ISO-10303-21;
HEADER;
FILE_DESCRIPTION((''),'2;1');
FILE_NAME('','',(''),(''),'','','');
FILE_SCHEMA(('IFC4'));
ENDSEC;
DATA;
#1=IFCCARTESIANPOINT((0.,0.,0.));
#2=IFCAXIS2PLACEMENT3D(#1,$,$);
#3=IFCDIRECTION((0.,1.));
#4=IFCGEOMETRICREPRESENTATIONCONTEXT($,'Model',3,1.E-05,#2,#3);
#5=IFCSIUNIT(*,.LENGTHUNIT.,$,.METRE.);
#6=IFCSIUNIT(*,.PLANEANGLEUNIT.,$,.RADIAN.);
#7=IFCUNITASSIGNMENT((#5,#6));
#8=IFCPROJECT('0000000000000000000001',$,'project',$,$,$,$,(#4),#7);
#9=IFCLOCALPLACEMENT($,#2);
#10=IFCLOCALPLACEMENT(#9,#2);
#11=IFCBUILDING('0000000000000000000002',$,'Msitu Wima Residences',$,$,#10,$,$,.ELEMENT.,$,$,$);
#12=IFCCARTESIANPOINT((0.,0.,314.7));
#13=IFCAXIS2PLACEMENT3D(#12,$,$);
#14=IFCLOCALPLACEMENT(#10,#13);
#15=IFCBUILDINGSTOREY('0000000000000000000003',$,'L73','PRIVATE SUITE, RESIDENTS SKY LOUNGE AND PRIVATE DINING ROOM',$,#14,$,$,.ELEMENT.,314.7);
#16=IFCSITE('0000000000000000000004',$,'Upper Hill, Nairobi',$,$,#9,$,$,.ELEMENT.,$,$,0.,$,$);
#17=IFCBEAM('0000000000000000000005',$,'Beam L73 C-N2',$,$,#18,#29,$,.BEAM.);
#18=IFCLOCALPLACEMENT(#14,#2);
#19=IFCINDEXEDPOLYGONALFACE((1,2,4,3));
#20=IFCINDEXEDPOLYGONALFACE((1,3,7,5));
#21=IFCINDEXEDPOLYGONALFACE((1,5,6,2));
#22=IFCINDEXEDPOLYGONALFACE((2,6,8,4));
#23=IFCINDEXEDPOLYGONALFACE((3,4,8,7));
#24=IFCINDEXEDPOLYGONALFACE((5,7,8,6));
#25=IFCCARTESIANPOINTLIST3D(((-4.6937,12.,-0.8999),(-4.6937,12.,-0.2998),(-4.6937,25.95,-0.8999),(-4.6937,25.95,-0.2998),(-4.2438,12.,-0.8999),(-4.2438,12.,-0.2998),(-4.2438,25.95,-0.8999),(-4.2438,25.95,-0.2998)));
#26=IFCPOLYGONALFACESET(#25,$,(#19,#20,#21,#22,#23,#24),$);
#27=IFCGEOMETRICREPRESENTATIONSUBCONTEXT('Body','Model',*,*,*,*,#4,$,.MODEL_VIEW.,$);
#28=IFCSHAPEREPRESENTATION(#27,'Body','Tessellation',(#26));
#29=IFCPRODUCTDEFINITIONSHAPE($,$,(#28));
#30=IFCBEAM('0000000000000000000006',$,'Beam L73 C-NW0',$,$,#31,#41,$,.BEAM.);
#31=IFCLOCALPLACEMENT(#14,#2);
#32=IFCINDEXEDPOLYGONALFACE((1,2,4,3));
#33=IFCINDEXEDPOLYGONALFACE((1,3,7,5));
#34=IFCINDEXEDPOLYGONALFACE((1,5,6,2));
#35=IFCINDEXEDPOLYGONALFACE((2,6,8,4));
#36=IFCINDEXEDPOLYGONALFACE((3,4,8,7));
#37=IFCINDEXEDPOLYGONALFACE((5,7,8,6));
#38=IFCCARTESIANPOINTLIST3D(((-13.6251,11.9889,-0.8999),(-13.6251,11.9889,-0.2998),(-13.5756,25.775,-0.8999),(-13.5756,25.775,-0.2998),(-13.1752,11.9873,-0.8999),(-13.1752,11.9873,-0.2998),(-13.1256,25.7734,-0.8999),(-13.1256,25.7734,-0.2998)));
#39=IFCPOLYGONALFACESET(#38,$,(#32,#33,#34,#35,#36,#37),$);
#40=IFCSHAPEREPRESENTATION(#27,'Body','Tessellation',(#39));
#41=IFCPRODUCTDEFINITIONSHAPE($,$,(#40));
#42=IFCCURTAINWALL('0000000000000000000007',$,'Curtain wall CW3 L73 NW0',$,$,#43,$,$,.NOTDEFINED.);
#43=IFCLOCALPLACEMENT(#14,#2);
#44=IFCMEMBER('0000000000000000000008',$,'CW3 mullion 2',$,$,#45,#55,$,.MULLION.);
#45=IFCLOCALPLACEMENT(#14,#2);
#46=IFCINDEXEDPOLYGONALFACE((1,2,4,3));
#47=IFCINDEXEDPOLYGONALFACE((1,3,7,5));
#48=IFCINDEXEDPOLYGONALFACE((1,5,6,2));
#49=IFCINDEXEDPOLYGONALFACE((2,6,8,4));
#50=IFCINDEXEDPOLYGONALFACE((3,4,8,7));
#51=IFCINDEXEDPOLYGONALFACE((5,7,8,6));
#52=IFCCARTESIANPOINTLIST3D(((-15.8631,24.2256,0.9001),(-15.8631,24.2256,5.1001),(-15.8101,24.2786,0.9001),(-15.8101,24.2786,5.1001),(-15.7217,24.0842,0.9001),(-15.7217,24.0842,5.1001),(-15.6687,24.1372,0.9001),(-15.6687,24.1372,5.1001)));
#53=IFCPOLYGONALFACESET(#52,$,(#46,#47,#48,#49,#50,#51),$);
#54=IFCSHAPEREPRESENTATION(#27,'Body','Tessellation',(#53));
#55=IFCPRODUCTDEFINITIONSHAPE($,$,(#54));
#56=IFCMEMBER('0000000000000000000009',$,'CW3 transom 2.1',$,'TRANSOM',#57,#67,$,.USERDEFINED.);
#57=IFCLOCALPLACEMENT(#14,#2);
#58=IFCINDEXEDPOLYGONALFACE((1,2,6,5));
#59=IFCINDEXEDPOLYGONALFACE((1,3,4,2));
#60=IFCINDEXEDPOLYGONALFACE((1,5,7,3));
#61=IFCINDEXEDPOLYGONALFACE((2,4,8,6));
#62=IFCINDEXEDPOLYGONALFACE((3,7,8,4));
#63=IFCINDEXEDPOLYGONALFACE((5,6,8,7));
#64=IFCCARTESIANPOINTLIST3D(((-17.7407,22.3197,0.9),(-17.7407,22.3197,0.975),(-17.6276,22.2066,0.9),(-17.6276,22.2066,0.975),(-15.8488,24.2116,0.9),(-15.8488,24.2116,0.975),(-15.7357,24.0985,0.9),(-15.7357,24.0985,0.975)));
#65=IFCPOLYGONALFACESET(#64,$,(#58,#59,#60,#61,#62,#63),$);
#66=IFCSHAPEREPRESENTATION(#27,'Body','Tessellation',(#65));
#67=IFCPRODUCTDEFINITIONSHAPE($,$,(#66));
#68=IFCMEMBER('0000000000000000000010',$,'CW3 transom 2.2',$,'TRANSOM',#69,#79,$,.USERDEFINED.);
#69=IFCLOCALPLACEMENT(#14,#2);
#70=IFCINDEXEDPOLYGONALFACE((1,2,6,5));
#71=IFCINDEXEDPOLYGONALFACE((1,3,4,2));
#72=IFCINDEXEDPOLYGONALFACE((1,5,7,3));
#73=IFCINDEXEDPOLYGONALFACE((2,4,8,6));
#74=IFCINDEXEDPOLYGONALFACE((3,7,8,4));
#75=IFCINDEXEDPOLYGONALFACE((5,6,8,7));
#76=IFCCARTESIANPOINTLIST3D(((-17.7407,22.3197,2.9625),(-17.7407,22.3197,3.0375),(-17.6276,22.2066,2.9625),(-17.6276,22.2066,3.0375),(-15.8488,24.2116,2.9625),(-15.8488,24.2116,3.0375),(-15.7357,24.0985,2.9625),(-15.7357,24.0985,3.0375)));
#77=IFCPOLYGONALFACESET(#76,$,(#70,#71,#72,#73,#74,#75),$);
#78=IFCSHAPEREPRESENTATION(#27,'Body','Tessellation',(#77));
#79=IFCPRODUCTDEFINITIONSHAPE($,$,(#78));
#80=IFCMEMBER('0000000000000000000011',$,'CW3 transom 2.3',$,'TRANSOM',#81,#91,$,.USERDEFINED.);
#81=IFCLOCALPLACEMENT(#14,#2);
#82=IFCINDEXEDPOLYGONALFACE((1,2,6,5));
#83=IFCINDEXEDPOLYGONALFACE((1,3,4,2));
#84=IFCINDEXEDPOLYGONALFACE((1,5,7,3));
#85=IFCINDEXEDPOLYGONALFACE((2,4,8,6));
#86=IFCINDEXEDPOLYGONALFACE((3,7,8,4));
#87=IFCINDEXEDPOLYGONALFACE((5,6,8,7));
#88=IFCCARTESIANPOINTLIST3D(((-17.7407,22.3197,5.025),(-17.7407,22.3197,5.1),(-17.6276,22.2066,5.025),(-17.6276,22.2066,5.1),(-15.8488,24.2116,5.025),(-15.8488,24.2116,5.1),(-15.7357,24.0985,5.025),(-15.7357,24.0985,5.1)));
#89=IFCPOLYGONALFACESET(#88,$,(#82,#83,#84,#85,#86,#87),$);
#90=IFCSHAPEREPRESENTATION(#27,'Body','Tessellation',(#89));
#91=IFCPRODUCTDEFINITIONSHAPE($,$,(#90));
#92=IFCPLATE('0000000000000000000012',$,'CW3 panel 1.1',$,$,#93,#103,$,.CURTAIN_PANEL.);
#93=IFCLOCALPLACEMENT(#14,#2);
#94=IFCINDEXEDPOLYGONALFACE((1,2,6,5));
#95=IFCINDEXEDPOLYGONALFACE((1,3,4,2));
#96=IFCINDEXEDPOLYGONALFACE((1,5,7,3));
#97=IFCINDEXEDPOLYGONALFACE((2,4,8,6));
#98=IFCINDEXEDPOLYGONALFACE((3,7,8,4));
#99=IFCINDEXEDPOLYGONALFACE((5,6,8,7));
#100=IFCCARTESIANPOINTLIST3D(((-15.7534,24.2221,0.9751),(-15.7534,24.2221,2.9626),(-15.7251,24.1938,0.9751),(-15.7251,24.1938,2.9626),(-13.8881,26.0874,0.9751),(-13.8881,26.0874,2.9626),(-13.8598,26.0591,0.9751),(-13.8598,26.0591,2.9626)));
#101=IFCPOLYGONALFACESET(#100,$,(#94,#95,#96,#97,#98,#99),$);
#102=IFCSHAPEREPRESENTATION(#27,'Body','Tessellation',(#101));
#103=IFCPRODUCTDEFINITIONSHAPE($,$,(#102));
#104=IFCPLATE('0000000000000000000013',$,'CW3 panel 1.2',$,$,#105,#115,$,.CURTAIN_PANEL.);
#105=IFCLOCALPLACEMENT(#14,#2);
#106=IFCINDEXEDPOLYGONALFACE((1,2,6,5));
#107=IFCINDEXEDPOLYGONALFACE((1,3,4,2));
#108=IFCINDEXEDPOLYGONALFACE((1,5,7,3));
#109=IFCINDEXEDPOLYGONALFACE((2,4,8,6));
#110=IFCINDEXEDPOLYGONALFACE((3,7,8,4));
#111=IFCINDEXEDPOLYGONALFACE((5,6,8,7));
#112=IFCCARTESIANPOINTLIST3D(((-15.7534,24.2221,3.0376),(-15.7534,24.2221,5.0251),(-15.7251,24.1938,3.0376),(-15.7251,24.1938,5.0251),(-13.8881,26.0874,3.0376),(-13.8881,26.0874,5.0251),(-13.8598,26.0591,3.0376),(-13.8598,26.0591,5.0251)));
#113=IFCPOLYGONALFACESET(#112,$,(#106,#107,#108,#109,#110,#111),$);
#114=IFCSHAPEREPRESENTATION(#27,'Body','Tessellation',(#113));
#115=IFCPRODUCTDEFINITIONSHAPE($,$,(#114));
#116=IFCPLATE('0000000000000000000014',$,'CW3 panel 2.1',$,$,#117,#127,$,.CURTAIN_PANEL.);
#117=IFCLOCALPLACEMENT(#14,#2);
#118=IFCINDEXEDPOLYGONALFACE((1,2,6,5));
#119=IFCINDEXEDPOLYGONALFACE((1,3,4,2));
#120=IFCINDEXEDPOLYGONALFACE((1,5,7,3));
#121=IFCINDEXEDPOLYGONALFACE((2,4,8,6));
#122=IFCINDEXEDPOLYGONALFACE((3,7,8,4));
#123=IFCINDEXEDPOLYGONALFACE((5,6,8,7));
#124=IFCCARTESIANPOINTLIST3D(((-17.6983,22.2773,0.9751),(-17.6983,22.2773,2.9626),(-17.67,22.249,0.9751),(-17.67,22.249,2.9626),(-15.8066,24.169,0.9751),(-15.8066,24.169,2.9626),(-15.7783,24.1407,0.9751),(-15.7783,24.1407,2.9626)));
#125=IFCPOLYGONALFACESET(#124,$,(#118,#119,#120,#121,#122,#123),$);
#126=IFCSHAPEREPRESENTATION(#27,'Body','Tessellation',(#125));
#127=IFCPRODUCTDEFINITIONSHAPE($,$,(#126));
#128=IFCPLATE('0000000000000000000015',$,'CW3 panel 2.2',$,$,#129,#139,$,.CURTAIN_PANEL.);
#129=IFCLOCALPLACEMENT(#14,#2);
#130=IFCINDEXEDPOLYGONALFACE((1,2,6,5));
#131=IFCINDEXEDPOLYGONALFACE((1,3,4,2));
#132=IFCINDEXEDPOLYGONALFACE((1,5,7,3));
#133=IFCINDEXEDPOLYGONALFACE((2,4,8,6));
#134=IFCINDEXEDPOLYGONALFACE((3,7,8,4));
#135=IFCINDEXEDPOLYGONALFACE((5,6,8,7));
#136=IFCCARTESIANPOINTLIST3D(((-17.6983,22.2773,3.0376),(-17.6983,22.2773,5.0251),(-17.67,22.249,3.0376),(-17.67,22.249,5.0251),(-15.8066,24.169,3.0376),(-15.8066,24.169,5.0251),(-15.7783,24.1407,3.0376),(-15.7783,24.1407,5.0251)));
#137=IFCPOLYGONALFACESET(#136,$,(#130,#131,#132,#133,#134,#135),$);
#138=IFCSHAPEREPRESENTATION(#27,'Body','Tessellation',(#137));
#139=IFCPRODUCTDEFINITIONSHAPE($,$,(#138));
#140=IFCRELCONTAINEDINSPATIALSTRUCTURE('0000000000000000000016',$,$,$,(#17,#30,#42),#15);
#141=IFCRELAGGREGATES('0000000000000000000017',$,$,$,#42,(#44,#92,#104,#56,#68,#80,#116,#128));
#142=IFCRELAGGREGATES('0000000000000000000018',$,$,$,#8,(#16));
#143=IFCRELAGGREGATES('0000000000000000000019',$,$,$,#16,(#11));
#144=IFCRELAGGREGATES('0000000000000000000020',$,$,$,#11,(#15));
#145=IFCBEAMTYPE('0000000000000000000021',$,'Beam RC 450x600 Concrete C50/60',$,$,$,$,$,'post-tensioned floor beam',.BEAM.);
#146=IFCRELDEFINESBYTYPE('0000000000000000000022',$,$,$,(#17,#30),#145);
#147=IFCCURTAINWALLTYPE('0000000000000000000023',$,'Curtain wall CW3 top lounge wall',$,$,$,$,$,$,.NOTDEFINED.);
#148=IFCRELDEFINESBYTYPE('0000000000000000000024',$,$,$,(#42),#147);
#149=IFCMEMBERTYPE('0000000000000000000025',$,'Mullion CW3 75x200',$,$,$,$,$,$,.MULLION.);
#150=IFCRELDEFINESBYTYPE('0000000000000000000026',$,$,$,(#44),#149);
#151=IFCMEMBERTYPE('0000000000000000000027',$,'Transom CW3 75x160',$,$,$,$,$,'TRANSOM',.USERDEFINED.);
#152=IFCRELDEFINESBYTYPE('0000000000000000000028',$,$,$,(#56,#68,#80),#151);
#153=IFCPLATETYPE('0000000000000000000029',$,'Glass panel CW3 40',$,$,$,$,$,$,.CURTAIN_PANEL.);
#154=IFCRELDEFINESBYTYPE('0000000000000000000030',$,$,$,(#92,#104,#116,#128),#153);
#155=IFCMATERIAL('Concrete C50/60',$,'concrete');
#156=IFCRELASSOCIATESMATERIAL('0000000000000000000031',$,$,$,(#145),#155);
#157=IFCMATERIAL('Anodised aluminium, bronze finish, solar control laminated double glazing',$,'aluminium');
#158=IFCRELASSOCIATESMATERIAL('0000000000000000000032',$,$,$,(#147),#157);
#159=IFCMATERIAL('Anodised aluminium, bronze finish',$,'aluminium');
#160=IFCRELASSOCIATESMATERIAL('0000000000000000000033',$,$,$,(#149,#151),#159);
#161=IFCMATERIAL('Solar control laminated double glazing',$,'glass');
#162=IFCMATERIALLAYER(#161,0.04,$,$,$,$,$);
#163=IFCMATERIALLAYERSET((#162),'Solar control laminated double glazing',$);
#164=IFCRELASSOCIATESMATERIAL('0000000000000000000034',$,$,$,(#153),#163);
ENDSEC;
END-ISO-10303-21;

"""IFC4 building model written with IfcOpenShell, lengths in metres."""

from ifc_helpers import new_model, si_unit, direction, frame, origin, origin_2d, place, context, subcontext, project, spatial, rectangle, extrude, material, layer, layer_set, material_profile, profile_set, type_object, element, aggregate, save


model = new_model("IFC4")

# Units and contexts
model_context = context("Model", 3, precision=1e-05, world=origin(), true_north=direction((0.0, 1.0)))
body_context = subcontext(model_context, "Body", "Model", "MODEL_VIEW")
ifc_project = project(units=[si_unit("LENGTHUNIT", "METRE"), si_unit("PLANEANGLEUNIT", "RADIAN")], contexts=[model_context])

# Site, building, storey
site_placement = place(None, origin())
site = spatial("IfcSite", under=ifc_project, at=site_placement, Name="Upper Hill, Nairobi", CompositionType="ELEMENT", RefElevation=0.0)
building_placement = place(site_placement, origin())
building = spatial("IfcBuilding", under=site, at=building_placement, Name="Msitu Wima Residences", CompositionType="ELEMENT")
storey_placement = place(building_placement, frame((0.0, 0.0, 314.7)))
storey = spatial("IfcBuildingStorey", under=building, at=storey_placement, Name="L73", Description="PRIVATE SUITE, RESIDENTS SKY LOUNGE AND PRIVATE DINING ROOM", CompositionType="ELEMENT", Elevation=314.7)

# Beams
ifc_material_1 = material(Name="Concrete C50/60", Category="concrete")
ifc_material_profile_1 = material_profile(ifc_material_1, rectangle(XDim=0.45, YDim=0.6001, at=origin_2d()), Name="RC 450x600")
ifc_profile_set_1 = profile_set([ifc_material_profile_1], Name="Concrete C50/60")
beam_type = type_object("IfcBeamType", Name="Beam RC 450x600 Concrete C50/60", ElementType="post-tensioned floor beam", PredefinedType="BEAM", material=ifc_profile_set_1)
beam_1_placement = place(storey_placement, frame((-4.4688, 25.95, -0.5999), z_axis=(0.0, -1.0, 0.0), x_axis=(1.0, 0.0, 0.0)))
element("IfcBeam", 1, at=beam_1_placement, inside=storey, type_object=beam_type, Name="Beam L73 C-N2", PredefinedType="BEAM", context=body_context, shape_type="SweptSolid", body=[
    extrude(rectangle(XDim=0.45, YDim=0.6001, at=origin_2d()), origin(), (0.0, 0.0, 1.0), 13.95),
])
beam_2_placement = place(storey_placement, frame((-13.3506, 25.7742, -0.5999), z_axis=(-0.003595, -0.999994, 0.0), x_axis=(0.999994, -0.003595, 0.0)))
element("IfcBeam", 2, at=beam_2_placement, inside=storey, type_object=beam_type, Name="Beam L73 C-NW0", PredefinedType="BEAM", context=body_context, shape_type="SweptSolid", body=[
    extrude(rectangle(XDim=0.45, YDim=0.6001, at=origin_2d()), origin(), (0.0, 0.0, 1.0), 13.7861),
])

# Curtain wall, members, plates
ifc_material_2 = material(Name="Anodised aluminium, bronze finish, solar control laminated double glazing", Category="aluminium")
curtain_wall_type = type_object("IfcCurtainWallType", Name="Curtain wall CW3 top lounge wall", PredefinedType="NOTDEFINED", material=ifc_material_2)
curtain_wall_placement = place(storey_placement, origin())
curtain_wall = element("IfcCurtainWall", 3, at=curtain_wall_placement, inside=storey, type_object=curtain_wall_type, Name="Curtain wall CW3 L73 NW0", PredefinedType="NOTDEFINED")
ifc_material_3 = material(Name="Anodised aluminium, bronze finish", Category="aluminium")
ifc_material_profile_2 = material_profile(ifc_material_3, rectangle(XDim=0.2, YDim=0.075, at=origin_2d()), Name="Mullion 75x200")
ifc_profile_set_2 = profile_set([ifc_material_profile_2], Name="Anodised aluminium, bronze finish")
member_type_1 = type_object("IfcMemberType", Name="Mullion CW3 75x200", PredefinedType="MULLION", material=ifc_profile_set_2)
member_1_placement = place(storey_placement, frame((-15.7659, 24.1814, 0.9001), z_axis=(0.0, 0.0, 1.0), x_axis=(0.707107, -0.707107, 0.0)))
member_1 = element("IfcMember", 4, at=member_1_placement, type_object=member_type_1, Name="CW3 mullion 2", PredefinedType="MULLION", context=body_context, shape_type="SweptSolid", body=[
    extrude(rectangle(XDim=0.2, YDim=0.075, at=origin_2d()), origin(), (0.0, 0.0, 1.0), 4.2),
])
ifc_material_profile_3 = material_profile(ifc_material_3, rectangle(XDim=0.1599, YDim=0.075, at=origin_2d()), Name="Transom 75x160")
ifc_profile_set_3 = profile_set([ifc_material_profile_3], Name="Anodised aluminium, bronze finish")
member_type_2 = type_object("IfcMemberType", Name="Transom CW3 75x160", ElementType="TRANSOM", PredefinedType="USERDEFINED", material=ifc_profile_set_3)
member_2_placement = place(storey_placement, frame((-15.7922, 24.155, 0.9375), z_axis=(-0.707107, -0.707107, 0.0), x_axis=(0.707107, -0.707107, 0.0)))
member_2 = element("IfcMember", 5, at=member_2_placement, type_object=member_type_2, Name="CW3 transom 2.1", ObjectType="TRANSOM", PredefinedType="USERDEFINED", context=body_context, shape_type="SweptSolid", body=[
    extrude(rectangle(XDim=0.1599, YDim=0.075, at=origin_2d()), origin(), (0.0, 0.0, 1.0), 2.6755),
])
member_3_placement = place(storey_placement, frame((-15.7922, 24.155, 3.0), z_axis=(-0.707107, -0.707107, 0.0), x_axis=(0.707107, -0.707107, 0.0)))
member_3 = element("IfcMember", 6, at=member_3_placement, type_object=member_type_2, Name="CW3 transom 2.2", ObjectType="TRANSOM", PredefinedType="USERDEFINED", context=body_context, shape_type="SweptSolid", body=[
    extrude(rectangle(XDim=0.1599, YDim=0.075, at=origin_2d()), origin(), (0.0, 0.0, 1.0), 2.6755),
])
member_4_placement = place(storey_placement, frame((-15.7922, 24.155, 5.0625), z_axis=(-0.707107, -0.707107, 0.0), x_axis=(0.707107, -0.707107, 0.0)))
member_4 = element("IfcMember", 7, at=member_4_placement, type_object=member_type_2, Name="CW3 transom 2.3", ObjectType="TRANSOM", PredefinedType="USERDEFINED", context=body_context, shape_type="SweptSolid", body=[
    extrude(rectangle(XDim=0.1599, YDim=0.075, at=origin_2d()), origin(), (0.0, 0.0, 1.0), 2.6755),
])
ifc_material_4 = material(Name="Solar control laminated double glazing", Category="glass")
ifc_layer_1 = layer(ifc_material_4, 0.04)
ifc_layer_set_1 = layer_set([ifc_layer_1], Name="Solar control laminated double glazing")
plate_type = type_object("IfcPlateType", Name="Glass panel CW3 40", PredefinedType="CURTAIN_PANEL", material=ifc_layer_set_1)
plate_1_placement = place(storey_placement, frame((-14.8066, 25.1406, 0.9751), z_axis=(0.0, 0.0, 1.0), x_axis=(-0.707107, -0.707107, 0.0)))
plate_1 = element("IfcPlate", 8, at=plate_1_placement, type_object=plate_type, Name="CW3 panel 1.1", PredefinedType="CURTAIN_PANEL", context=body_context, shape_type="SweptSolid", body=[
    extrude(rectangle(XDim=2.6379, YDim=0.04, at=origin_2d()), origin(), (0.0, 0.0, 1.0), 1.9875),
])
plate_2_placement = place(storey_placement, frame((-14.8066, 25.1406, 3.0376), z_axis=(0.0, 0.0, 1.0), x_axis=(-0.707107, -0.707107, 0.0)))
plate_2 = element("IfcPlate", 9, at=plate_2_placement, type_object=plate_type, Name="CW3 panel 1.2", PredefinedType="CURTAIN_PANEL", context=body_context, shape_type="SweptSolid", body=[
    extrude(rectangle(XDim=2.6379, YDim=0.04, at=origin_2d()), origin(), (0.0, 0.0, 1.0), 1.9875),
])
plate_3_placement = place(storey_placement, frame((-16.7383, 23.209, 0.9751), z_axis=(0.0, 0.0, 1.0), x_axis=(-0.707107, -0.707107, 0.0)))
plate_3 = element("IfcPlate", 10, at=plate_3_placement, type_object=plate_type, Name="CW3 panel 2.1", PredefinedType="CURTAIN_PANEL", context=body_context, shape_type="SweptSolid", body=[
    extrude(rectangle(XDim=2.6753, YDim=0.04, at=origin_2d()), origin(), (0.0, 0.0, 1.0), 1.9875),
])
plate_4_placement = place(storey_placement, frame((-16.7383, 23.209, 3.0376), z_axis=(0.0, 0.0, 1.0), x_axis=(-0.707107, -0.707107, 0.0)))
plate_4 = element("IfcPlate", 11, at=plate_4_placement, type_object=plate_type, Name="CW3 panel 2.2", PredefinedType="CURTAIN_PANEL", context=body_context, shape_type="SweptSolid", body=[
    extrude(rectangle(XDim=2.6753, YDim=0.04, at=origin_2d()), origin(), (0.0, 0.0, 1.0), 1.9875),
])
aggregate(curtain_wall, [member_1, plate_1, plate_2, member_2, member_3, member_4, plate_3, plate_4])

save(model, "model.ifc")
